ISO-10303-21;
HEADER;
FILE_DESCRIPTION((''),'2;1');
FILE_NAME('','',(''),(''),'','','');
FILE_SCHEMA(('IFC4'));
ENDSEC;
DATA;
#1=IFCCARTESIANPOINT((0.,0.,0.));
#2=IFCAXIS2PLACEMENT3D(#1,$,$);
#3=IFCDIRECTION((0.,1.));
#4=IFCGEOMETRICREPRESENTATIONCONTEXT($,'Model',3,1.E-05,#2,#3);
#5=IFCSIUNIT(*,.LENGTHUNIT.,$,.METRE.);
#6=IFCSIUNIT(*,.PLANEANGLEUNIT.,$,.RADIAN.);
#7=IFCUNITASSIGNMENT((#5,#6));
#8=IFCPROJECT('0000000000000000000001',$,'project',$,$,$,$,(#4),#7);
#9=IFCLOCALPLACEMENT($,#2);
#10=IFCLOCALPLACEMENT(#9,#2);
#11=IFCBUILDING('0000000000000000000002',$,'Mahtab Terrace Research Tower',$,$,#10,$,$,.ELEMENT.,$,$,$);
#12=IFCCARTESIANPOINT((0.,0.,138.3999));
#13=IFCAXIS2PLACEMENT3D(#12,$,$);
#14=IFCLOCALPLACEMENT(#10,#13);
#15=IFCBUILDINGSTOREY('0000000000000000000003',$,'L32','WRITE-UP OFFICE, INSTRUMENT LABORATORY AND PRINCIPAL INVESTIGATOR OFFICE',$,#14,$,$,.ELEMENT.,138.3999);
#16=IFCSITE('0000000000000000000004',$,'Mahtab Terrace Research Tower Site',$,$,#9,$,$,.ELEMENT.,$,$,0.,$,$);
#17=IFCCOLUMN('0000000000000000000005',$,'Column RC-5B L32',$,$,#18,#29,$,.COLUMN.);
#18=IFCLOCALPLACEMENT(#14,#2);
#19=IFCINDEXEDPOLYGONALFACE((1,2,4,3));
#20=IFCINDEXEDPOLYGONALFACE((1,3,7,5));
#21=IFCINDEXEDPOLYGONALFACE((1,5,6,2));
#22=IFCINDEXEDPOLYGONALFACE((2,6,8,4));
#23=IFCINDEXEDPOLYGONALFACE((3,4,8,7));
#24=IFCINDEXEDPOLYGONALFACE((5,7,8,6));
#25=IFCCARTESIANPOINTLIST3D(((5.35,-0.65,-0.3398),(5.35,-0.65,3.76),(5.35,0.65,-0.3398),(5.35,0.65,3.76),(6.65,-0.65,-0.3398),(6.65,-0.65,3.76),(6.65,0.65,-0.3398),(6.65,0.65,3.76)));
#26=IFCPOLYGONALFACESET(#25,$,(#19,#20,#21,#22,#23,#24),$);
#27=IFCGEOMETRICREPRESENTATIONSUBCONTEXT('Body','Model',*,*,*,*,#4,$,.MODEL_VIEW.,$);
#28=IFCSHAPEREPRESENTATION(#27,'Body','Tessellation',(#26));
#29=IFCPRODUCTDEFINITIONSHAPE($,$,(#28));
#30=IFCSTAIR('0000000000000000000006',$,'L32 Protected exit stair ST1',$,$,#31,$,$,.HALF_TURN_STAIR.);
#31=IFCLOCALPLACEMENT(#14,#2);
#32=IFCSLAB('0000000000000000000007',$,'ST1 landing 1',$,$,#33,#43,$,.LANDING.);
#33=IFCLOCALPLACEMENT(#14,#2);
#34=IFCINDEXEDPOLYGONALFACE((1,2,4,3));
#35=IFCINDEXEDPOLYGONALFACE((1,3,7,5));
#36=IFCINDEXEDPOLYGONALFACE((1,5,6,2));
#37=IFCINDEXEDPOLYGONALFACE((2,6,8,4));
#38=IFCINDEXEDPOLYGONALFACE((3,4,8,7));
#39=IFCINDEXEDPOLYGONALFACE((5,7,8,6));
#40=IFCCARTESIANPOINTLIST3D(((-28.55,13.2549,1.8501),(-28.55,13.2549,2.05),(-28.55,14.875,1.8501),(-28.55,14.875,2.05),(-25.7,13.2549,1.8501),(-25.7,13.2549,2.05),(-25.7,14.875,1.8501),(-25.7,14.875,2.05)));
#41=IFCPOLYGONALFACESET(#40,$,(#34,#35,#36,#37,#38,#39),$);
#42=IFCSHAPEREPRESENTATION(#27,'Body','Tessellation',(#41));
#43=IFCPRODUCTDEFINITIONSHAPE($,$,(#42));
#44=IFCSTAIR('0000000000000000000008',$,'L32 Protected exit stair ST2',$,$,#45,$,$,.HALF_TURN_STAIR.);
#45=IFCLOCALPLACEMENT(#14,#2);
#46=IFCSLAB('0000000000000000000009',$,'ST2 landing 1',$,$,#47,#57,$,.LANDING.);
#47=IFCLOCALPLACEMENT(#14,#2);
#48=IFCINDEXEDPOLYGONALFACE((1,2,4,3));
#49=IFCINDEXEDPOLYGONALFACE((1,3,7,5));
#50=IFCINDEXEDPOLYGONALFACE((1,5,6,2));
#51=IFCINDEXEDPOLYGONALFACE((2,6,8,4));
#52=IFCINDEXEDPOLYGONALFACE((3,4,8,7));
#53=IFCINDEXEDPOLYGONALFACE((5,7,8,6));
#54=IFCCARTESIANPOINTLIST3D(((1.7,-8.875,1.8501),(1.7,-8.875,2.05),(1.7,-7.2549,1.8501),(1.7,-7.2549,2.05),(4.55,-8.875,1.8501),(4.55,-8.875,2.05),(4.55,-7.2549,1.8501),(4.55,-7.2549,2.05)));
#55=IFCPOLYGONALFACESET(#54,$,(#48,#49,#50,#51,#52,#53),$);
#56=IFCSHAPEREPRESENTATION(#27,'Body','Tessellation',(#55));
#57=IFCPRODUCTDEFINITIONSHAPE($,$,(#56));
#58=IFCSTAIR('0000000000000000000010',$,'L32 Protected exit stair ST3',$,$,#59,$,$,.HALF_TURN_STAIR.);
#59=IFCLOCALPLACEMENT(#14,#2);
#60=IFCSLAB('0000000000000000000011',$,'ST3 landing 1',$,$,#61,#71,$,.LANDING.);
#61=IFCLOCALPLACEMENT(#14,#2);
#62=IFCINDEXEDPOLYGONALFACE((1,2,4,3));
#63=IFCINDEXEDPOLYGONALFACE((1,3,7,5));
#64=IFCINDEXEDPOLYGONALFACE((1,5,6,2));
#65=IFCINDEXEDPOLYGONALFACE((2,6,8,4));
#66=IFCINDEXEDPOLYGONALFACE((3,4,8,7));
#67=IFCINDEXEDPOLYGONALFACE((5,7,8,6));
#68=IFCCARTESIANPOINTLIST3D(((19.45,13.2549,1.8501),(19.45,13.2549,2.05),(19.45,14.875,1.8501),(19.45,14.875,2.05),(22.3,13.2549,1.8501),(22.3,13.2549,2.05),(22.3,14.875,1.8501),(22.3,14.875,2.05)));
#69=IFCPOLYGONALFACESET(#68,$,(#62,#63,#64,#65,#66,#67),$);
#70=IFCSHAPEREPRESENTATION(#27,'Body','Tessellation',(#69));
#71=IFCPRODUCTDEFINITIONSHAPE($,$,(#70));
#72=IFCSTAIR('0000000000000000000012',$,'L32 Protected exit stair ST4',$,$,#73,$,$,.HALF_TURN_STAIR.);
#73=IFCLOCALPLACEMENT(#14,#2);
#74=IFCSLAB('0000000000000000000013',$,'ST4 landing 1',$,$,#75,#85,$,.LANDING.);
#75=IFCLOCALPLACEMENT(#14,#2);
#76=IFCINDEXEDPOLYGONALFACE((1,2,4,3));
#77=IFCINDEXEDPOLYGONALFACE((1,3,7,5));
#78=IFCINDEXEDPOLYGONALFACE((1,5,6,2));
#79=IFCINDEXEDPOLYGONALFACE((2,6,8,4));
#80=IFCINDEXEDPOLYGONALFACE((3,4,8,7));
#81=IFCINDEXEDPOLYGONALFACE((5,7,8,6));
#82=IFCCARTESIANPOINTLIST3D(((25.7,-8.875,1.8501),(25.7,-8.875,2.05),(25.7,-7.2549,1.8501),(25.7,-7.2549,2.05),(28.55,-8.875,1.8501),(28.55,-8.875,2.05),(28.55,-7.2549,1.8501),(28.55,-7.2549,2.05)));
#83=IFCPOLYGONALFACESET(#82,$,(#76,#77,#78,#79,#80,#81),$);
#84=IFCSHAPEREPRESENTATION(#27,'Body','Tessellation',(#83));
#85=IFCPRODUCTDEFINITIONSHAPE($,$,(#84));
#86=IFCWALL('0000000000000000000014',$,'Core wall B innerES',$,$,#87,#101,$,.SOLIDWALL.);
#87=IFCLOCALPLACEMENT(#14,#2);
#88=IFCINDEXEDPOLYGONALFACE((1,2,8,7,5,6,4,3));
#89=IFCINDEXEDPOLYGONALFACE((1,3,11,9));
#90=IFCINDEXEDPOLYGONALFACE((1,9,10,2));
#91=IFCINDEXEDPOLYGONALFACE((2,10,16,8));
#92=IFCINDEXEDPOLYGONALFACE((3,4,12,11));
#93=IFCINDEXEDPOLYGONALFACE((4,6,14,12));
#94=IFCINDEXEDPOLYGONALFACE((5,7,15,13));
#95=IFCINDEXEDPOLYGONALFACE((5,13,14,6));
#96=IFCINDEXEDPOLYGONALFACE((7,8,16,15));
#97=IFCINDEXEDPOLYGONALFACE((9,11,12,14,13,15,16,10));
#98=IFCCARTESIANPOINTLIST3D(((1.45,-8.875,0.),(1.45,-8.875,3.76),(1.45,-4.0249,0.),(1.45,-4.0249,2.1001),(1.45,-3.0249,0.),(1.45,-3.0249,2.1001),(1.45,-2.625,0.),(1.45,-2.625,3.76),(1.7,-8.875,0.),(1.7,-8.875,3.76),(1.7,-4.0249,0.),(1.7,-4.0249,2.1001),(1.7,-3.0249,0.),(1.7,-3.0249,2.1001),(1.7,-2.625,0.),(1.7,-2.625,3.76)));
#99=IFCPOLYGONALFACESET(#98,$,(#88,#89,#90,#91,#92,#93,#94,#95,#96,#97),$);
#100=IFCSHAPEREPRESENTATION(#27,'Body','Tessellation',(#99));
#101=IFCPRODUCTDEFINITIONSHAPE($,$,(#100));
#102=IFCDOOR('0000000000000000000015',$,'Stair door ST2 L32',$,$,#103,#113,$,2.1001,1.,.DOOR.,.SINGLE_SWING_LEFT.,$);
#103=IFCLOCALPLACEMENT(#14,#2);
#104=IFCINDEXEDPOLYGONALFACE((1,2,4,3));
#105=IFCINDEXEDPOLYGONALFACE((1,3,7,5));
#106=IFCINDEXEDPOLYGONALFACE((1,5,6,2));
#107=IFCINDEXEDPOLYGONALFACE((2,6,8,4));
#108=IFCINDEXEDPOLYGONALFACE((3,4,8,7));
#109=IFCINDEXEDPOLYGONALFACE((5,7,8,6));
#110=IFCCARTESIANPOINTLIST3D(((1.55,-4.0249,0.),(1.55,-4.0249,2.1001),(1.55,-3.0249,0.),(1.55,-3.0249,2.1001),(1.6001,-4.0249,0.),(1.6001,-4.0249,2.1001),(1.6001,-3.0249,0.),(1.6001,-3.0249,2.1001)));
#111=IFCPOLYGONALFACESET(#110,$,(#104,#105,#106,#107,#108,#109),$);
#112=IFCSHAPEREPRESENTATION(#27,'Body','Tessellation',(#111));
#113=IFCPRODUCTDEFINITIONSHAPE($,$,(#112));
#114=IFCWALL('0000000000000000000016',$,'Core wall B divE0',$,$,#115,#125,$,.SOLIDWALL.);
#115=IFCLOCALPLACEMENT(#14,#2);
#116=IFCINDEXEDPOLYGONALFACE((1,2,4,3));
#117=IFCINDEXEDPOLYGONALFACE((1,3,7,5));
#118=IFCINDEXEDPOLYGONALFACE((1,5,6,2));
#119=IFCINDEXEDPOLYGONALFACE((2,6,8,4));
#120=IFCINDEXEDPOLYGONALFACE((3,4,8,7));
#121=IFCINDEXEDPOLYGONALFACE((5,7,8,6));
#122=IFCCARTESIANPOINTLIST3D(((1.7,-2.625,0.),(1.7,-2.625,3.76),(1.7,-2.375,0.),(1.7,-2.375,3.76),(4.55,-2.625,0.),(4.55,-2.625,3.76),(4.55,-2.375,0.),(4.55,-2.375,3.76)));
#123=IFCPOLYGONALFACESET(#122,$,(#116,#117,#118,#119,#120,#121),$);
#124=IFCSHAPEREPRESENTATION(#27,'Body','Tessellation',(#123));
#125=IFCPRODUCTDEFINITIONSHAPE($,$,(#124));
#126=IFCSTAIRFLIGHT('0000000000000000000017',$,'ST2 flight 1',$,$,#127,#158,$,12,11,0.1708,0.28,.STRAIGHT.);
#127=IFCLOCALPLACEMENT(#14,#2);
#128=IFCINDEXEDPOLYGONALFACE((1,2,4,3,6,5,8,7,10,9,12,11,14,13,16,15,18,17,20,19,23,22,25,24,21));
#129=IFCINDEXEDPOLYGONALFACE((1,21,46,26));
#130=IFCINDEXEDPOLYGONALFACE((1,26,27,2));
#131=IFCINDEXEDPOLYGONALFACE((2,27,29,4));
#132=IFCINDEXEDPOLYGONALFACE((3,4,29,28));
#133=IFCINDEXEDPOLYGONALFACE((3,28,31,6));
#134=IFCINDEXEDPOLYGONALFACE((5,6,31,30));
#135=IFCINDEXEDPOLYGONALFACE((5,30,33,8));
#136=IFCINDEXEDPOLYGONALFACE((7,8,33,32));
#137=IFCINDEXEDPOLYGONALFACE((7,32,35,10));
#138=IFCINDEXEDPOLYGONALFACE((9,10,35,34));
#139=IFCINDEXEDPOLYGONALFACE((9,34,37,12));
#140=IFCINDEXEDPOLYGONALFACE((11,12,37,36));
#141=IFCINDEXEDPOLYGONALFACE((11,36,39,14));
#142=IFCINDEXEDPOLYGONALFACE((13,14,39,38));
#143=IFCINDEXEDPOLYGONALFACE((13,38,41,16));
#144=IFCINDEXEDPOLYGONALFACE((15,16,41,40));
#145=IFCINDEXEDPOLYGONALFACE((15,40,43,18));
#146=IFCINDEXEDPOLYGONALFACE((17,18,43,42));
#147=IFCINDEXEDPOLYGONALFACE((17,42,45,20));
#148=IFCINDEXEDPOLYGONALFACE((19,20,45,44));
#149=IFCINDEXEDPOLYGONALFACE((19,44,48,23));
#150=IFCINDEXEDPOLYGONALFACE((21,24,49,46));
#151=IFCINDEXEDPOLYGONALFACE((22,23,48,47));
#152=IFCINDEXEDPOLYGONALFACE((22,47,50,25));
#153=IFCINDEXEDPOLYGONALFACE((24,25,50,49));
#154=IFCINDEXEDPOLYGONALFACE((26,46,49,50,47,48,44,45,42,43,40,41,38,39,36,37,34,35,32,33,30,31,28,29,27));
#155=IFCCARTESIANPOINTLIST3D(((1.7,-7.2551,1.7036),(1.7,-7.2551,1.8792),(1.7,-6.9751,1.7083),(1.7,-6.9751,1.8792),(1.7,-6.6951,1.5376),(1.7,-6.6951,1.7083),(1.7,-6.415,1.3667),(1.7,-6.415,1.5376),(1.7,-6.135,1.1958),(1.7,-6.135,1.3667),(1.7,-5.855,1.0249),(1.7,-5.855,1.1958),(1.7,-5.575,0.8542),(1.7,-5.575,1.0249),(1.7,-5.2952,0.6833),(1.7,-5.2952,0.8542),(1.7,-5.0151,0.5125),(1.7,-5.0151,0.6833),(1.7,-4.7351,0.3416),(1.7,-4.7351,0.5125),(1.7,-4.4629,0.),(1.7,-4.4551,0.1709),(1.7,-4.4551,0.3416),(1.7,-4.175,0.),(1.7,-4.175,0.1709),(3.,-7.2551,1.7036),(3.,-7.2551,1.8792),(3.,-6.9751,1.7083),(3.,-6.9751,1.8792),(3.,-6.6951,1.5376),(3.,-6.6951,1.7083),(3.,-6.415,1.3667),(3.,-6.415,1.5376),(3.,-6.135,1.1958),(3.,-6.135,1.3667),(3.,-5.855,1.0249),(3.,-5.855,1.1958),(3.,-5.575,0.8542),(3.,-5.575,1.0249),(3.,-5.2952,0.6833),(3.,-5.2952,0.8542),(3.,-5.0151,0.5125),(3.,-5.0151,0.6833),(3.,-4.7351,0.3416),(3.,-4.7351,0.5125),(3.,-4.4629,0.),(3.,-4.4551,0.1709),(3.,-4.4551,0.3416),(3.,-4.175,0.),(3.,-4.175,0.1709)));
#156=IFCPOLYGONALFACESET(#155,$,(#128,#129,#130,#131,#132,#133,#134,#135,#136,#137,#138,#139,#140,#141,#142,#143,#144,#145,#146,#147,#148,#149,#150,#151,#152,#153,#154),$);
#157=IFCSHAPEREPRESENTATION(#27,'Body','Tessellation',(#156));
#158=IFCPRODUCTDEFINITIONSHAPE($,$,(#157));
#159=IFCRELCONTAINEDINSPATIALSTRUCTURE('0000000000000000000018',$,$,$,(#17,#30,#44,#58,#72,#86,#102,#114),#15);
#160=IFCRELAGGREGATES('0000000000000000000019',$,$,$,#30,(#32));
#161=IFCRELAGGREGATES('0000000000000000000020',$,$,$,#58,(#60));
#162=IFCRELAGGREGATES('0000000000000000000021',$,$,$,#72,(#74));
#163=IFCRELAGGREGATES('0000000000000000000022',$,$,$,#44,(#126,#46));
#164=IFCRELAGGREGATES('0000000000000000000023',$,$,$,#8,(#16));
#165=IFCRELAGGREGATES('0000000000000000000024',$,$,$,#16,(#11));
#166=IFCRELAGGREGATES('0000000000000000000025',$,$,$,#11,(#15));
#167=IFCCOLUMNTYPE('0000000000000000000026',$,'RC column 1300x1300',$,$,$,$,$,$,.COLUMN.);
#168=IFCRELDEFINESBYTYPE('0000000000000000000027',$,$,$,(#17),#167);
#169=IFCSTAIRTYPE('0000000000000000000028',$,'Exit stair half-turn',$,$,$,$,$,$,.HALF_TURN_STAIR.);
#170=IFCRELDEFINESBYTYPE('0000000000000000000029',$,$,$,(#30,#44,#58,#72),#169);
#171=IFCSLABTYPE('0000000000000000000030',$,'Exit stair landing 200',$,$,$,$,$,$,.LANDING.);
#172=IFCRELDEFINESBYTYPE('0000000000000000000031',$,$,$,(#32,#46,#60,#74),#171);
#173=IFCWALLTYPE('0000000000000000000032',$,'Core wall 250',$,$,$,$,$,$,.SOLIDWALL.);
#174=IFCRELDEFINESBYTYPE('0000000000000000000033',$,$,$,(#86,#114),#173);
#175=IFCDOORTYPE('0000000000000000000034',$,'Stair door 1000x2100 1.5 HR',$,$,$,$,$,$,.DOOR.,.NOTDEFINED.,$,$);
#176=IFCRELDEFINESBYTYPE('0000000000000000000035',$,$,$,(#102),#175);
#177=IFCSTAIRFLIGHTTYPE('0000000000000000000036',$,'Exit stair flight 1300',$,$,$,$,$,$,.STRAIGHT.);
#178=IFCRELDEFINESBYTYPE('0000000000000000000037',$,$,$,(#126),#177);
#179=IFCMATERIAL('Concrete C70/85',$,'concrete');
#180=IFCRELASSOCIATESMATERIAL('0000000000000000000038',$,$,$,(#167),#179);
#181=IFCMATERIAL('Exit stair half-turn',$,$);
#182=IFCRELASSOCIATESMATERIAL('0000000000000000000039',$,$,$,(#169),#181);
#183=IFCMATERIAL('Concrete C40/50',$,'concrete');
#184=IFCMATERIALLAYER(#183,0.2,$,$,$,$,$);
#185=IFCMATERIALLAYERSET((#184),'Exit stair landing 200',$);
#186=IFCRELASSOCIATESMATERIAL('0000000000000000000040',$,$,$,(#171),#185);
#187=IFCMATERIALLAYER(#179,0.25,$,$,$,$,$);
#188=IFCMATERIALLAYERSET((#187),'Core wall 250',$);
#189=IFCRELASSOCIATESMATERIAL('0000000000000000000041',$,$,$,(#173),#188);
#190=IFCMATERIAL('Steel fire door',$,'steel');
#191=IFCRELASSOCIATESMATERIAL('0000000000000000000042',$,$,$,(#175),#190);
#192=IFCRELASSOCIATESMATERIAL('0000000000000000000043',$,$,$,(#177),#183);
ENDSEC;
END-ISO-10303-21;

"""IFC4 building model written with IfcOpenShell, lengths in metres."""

from ifc_helpers import new_model, si_unit, direction, frame, frame_2d, origin, origin_2d, place, context, subcontext, project, spatial, polyline, rectangle, outline, extrude, material, layer, layer_set, material_profile, profile_set, type_object, element, fill, aggregate, save


model = new_model("IFC4")

# Units and contexts
model_context = context("Model", 3, precision=1e-05, world=origin(), true_north=direction((0.0, 1.0)))
body_context = subcontext(model_context, "Body", "Model", "MODEL_VIEW")
ifc_project = project(units=[si_unit("LENGTHUNIT", "METRE"), si_unit("PLANEANGLEUNIT", "RADIAN")], contexts=[model_context])

# Site, building, storey
site_placement = place(None, origin())
site = spatial("IfcSite", under=ifc_project, at=site_placement, Name="Mahtab Terrace Research Tower Site", CompositionType="ELEMENT", RefElevation=0.0)
building_placement = place(site_placement, origin())
building = spatial("IfcBuilding", under=site, at=building_placement, Name="Mahtab Terrace Research Tower", CompositionType="ELEMENT")
storey_placement = place(building_placement, frame((0.0, 0.0, 138.3999)))
storey = spatial("IfcBuildingStorey", under=building, at=storey_placement, Name="L32", Description="WRITE-UP OFFICE, INSTRUMENT LABORATORY AND PRINCIPAL INVESTIGATOR OFFICE", CompositionType="ELEMENT", Elevation=138.3999)

# Column
ifc_material_1 = material(Name="Concrete C70/85", Category="concrete")
ifc_material_profile = material_profile(ifc_material_1, rectangle(XDim=1.3, YDim=1.3, at=origin_2d()), Name="RC column 1300x1300")
ifc_profile_set = profile_set([ifc_material_profile], Name="Concrete C70/85")
column_type = type_object("IfcColumnType", Name="RC column 1300x1300", PredefinedType="COLUMN", material=ifc_profile_set)
column_placement = place(storey_placement, frame((6.0, 0.0, -0.3398), z_axis=(0.0, 0.0, 1.0), x_axis=(1.0, 0.0, 0.0)))
element("IfcColumn", 1, at=column_placement, inside=storey, type_object=column_type, Name="Column RC-5B L32", PredefinedType="COLUMN", context=body_context, shape_type="SweptSolid", body=[
    extrude(rectangle(XDim=1.3, YDim=1.3, at=origin_2d()), origin(), (0.0, 0.0, 1.0), 4.0999),
])

# Stairs, slabs
ifc_material_2 = material(Name="Exit stair half-turn")
stair_type = type_object("IfcStairType", Name="Exit stair half-turn", PredefinedType="HALF_TURN_STAIR", material=ifc_material_2)
stair_1_placement = place(storey_placement, origin())
stair_1 = element("IfcStair", 2, at=stair_1_placement, inside=storey, type_object=stair_type, Name="L32 Protected exit stair ST1", PredefinedType="HALF_TURN_STAIR")
ifc_material_3 = material(Name="Concrete C40/50", Category="concrete")
ifc_layer_1 = layer(ifc_material_3, 0.2)
ifc_layer_set_1 = layer_set([ifc_layer_1], Name="Exit stair landing 200")
slab_type = type_object("IfcSlabType", Name="Exit stair landing 200", PredefinedType="LANDING", material=ifc_layer_set_1)
slab_1_placement = place(storey_placement, frame((0.0, 0.0, 1.8501)))
slab_1 = element("IfcSlab", 3, at=slab_1_placement, type_object=slab_type, Name="ST1 landing 1", PredefinedType="LANDING", context=body_context, shape_type="SweptSolid", body=[
    extrude(outline(polyline([(-25.7, 13.2549), (-25.7, 14.875), (-28.55, 14.875), (-28.55, 13.2549), (-25.7, 13.2549)])), origin(), (0.0, 0.0, 1.0), 0.2),
])
aggregate(stair_1, [slab_1])
stair_2_placement = place(storey_placement, origin())
stair_2 = element("IfcStair", 4, at=stair_2_placement, inside=storey, type_object=stair_type, Name="L32 Protected exit stair ST2", PredefinedType="HALF_TURN_STAIR")
slab_2_placement = place(storey_placement, frame((0.0, 0.0, 1.8501)))
slab_2 = element("IfcSlab", 5, at=slab_2_placement, type_object=slab_type, Name="ST2 landing 1", PredefinedType="LANDING", context=body_context, shape_type="SweptSolid", body=[
    extrude(outline(polyline([(1.7, -7.2549), (1.7, -8.875), (4.55, -8.875), (4.55, -7.2549), (1.7, -7.2549)])), origin(), (0.0, 0.0, 1.0), 0.2),
])
stair_3_placement = place(storey_placement, origin())
stair_3 = element("IfcStair", 6, at=stair_3_placement, inside=storey, type_object=stair_type, Name="L32 Protected exit stair ST3", PredefinedType="HALF_TURN_STAIR")
slab_3_placement = place(storey_placement, frame((0.0, 0.0, 1.8501)))
slab_3 = element("IfcSlab", 7, at=slab_3_placement, type_object=slab_type, Name="ST3 landing 1", PredefinedType="LANDING", context=body_context, shape_type="SweptSolid", body=[
    extrude(outline(polyline([(22.3, 13.2549), (22.3, 14.875), (19.45, 14.875), (19.45, 13.2549), (22.3, 13.2549)])), origin(), (0.0, 0.0, 1.0), 0.2),
])
aggregate(stair_3, [slab_3])
stair_4_placement = place(storey_placement, origin())
stair_4 = element("IfcStair", 8, at=stair_4_placement, inside=storey, type_object=stair_type, Name="L32 Protected exit stair ST4", PredefinedType="HALF_TURN_STAIR")
slab_4_placement = place(storey_placement, frame((0.0, 0.0, 1.8501)))
slab_4 = element("IfcSlab", 9, at=slab_4_placement, type_object=slab_type, Name="ST4 landing 1", PredefinedType="LANDING", context=body_context, shape_type="SweptSolid", body=[
    extrude(outline(polyline([(25.7, -7.2549), (25.7, -8.875), (28.55, -8.875), (28.55, -7.2549), (25.7, -7.2549)])), origin(), (0.0, 0.0, 1.0), 0.2),
])
aggregate(stair_4, [slab_4])

# Wall, opening, door
ifc_layer_2 = layer(ifc_material_1, 0.25)
ifc_layer_set_2 = layer_set([ifc_layer_2], Name="Core wall 250")
wall_type = type_object("IfcWallType", Name="Core wall 250", PredefinedType="SOLIDWALL", material=ifc_layer_set_2)
wall_1_placement = place(storey_placement, frame((1.575, -8.875, 0.0), z_axis=(0.0, 0.0, 1.0), x_axis=(0.0, 1.0, 0.0)))
wall_1 = element("IfcWall", 10, at=wall_1_placement, inside=storey, type_object=wall_type, Name="Core wall B innerES", PredefinedType="SOLIDWALL", context=body_context, shape_type="SweptSolid", body=[
    extrude(rectangle(XDim=6.25, YDim=0.25, at=frame_2d((3.125, 0.0))), origin(), (0.0, 0.0, 1.0), 3.76),
])
opening_placement = place(wall_1_placement, frame((4.8501, 0.0, 0.0)))
opening = element("IfcOpeningElement", 11, at=opening_placement, cuts=wall_1, PredefinedType="OPENING", context=body_context, shape_type="SweptSolid", body=[
    extrude(rectangle(XDim=1.0, YDim=2.1001, at=frame_2d((0.5, 1.05))), frame((0.0, 0.135, 0.0), z_axis=(0.0, -1.0, 0.0), x_axis=(1.0, 0.0, 0.0)), (0.0, 0.0, 1.0), 0.27),
])
ifc_material_4 = material(Name="Steel fire door", Category="steel")
door_type = type_object("IfcDoorType", Name="Stair door 1000x2100 1.5 HR", OperationType="NOTDEFINED", PredefinedType="DOOR", material=ifc_material_4)
door_placement = place(opening_placement, origin())
door = element("IfcDoor", 12, at=door_placement, inside=storey, type_object=door_type, Name="Stair door ST2 L32", OperationType="SINGLE_SWING_LEFT", OverallHeight=2.1001, OverallWidth=1.0, PredefinedType="DOOR", context=body_context, shape_type="SweptSolid", body=[
    extrude(rectangle(XDim=1.0, YDim=2.1001, at=frame_2d((0.5, 1.05))), frame((0.0, 0.0249, 0.0), z_axis=(0.0, -1.0, 0.0), x_axis=(1.0, 0.0, 0.0)), (0.0, 0.0, 1.0), 0.05),
])
fill(opening, door)

# Wall
wall_2_placement = place(storey_placement, frame((1.7, -2.5, 0.0), z_axis=(0.0, 0.0, 1.0), x_axis=(1.0, 0.0, 0.0)))
element("IfcWall", 13, at=wall_2_placement, inside=storey, type_object=wall_type, Name="Core wall B divE0", PredefinedType="SOLIDWALL", context=body_context, shape_type="SweptSolid", body=[
    extrude(rectangle(XDim=2.8501, YDim=0.25, at=frame_2d((1.425, 0.0))), origin(), (0.0, 0.0, 1.0), 3.76),
])

# Stair flight
stair_flight_type = type_object("IfcStairFlightType", Name="Exit stair flight 1300", PredefinedType="STRAIGHT", material=ifc_material_3)
stair_flight_1_placement = place(storey_placement, frame((2.3501, -4.175, 0.0), z_axis=(0.0, 0.0, 1.0), x_axis=(0.0, -1.0, 0.0)))
stair_flight_1 = element("IfcStairFlight", 14, at=stair_flight_1_placement, type_object=stair_flight_type, Name="ST2 flight 1", NumberOfRisers=12, NumberOfTreads=11, PredefinedType="STRAIGHT", RiserHeight=0.1708, TreadLength=0.28, context=body_context, shape_type="SweptSolid", body=[
    extrude(outline(polyline([(0.0, 0.0), (0.0, 0.1709), (0.28, 0.1709), (0.28, 0.3416), (0.5601, 0.3416), (0.5601, 0.5125), (0.8401, 0.5125), (0.8401, 0.6833), (1.1201, 0.6833), (1.1201, 0.8542), (1.3999, 0.8542), (1.3999, 1.0249), (1.6799, 1.0249), (1.6799, 1.1958), (1.96, 1.1958), (1.96, 1.3667), (2.24, 1.3667), (2.24, 1.5376), (2.52, 1.5376), (2.52, 1.7083), (2.8, 1.7083), (2.8, 1.8792), (3.0801, 1.8792), (3.0801, 2.05), (3.0801, 1.7036), (0.2878, 0.0), (0.0, 0.0)])), frame((0.0, 0.6499, 0.0), z_axis=(0.0, -1.0, 0.0), x_axis=(1.0, 0.0, 0.0)), (0.0, 0.0, 1.0), 1.3),
])
aggregate(stair_2, [stair_flight_1, slab_2])

save(model, "model.ifc")
